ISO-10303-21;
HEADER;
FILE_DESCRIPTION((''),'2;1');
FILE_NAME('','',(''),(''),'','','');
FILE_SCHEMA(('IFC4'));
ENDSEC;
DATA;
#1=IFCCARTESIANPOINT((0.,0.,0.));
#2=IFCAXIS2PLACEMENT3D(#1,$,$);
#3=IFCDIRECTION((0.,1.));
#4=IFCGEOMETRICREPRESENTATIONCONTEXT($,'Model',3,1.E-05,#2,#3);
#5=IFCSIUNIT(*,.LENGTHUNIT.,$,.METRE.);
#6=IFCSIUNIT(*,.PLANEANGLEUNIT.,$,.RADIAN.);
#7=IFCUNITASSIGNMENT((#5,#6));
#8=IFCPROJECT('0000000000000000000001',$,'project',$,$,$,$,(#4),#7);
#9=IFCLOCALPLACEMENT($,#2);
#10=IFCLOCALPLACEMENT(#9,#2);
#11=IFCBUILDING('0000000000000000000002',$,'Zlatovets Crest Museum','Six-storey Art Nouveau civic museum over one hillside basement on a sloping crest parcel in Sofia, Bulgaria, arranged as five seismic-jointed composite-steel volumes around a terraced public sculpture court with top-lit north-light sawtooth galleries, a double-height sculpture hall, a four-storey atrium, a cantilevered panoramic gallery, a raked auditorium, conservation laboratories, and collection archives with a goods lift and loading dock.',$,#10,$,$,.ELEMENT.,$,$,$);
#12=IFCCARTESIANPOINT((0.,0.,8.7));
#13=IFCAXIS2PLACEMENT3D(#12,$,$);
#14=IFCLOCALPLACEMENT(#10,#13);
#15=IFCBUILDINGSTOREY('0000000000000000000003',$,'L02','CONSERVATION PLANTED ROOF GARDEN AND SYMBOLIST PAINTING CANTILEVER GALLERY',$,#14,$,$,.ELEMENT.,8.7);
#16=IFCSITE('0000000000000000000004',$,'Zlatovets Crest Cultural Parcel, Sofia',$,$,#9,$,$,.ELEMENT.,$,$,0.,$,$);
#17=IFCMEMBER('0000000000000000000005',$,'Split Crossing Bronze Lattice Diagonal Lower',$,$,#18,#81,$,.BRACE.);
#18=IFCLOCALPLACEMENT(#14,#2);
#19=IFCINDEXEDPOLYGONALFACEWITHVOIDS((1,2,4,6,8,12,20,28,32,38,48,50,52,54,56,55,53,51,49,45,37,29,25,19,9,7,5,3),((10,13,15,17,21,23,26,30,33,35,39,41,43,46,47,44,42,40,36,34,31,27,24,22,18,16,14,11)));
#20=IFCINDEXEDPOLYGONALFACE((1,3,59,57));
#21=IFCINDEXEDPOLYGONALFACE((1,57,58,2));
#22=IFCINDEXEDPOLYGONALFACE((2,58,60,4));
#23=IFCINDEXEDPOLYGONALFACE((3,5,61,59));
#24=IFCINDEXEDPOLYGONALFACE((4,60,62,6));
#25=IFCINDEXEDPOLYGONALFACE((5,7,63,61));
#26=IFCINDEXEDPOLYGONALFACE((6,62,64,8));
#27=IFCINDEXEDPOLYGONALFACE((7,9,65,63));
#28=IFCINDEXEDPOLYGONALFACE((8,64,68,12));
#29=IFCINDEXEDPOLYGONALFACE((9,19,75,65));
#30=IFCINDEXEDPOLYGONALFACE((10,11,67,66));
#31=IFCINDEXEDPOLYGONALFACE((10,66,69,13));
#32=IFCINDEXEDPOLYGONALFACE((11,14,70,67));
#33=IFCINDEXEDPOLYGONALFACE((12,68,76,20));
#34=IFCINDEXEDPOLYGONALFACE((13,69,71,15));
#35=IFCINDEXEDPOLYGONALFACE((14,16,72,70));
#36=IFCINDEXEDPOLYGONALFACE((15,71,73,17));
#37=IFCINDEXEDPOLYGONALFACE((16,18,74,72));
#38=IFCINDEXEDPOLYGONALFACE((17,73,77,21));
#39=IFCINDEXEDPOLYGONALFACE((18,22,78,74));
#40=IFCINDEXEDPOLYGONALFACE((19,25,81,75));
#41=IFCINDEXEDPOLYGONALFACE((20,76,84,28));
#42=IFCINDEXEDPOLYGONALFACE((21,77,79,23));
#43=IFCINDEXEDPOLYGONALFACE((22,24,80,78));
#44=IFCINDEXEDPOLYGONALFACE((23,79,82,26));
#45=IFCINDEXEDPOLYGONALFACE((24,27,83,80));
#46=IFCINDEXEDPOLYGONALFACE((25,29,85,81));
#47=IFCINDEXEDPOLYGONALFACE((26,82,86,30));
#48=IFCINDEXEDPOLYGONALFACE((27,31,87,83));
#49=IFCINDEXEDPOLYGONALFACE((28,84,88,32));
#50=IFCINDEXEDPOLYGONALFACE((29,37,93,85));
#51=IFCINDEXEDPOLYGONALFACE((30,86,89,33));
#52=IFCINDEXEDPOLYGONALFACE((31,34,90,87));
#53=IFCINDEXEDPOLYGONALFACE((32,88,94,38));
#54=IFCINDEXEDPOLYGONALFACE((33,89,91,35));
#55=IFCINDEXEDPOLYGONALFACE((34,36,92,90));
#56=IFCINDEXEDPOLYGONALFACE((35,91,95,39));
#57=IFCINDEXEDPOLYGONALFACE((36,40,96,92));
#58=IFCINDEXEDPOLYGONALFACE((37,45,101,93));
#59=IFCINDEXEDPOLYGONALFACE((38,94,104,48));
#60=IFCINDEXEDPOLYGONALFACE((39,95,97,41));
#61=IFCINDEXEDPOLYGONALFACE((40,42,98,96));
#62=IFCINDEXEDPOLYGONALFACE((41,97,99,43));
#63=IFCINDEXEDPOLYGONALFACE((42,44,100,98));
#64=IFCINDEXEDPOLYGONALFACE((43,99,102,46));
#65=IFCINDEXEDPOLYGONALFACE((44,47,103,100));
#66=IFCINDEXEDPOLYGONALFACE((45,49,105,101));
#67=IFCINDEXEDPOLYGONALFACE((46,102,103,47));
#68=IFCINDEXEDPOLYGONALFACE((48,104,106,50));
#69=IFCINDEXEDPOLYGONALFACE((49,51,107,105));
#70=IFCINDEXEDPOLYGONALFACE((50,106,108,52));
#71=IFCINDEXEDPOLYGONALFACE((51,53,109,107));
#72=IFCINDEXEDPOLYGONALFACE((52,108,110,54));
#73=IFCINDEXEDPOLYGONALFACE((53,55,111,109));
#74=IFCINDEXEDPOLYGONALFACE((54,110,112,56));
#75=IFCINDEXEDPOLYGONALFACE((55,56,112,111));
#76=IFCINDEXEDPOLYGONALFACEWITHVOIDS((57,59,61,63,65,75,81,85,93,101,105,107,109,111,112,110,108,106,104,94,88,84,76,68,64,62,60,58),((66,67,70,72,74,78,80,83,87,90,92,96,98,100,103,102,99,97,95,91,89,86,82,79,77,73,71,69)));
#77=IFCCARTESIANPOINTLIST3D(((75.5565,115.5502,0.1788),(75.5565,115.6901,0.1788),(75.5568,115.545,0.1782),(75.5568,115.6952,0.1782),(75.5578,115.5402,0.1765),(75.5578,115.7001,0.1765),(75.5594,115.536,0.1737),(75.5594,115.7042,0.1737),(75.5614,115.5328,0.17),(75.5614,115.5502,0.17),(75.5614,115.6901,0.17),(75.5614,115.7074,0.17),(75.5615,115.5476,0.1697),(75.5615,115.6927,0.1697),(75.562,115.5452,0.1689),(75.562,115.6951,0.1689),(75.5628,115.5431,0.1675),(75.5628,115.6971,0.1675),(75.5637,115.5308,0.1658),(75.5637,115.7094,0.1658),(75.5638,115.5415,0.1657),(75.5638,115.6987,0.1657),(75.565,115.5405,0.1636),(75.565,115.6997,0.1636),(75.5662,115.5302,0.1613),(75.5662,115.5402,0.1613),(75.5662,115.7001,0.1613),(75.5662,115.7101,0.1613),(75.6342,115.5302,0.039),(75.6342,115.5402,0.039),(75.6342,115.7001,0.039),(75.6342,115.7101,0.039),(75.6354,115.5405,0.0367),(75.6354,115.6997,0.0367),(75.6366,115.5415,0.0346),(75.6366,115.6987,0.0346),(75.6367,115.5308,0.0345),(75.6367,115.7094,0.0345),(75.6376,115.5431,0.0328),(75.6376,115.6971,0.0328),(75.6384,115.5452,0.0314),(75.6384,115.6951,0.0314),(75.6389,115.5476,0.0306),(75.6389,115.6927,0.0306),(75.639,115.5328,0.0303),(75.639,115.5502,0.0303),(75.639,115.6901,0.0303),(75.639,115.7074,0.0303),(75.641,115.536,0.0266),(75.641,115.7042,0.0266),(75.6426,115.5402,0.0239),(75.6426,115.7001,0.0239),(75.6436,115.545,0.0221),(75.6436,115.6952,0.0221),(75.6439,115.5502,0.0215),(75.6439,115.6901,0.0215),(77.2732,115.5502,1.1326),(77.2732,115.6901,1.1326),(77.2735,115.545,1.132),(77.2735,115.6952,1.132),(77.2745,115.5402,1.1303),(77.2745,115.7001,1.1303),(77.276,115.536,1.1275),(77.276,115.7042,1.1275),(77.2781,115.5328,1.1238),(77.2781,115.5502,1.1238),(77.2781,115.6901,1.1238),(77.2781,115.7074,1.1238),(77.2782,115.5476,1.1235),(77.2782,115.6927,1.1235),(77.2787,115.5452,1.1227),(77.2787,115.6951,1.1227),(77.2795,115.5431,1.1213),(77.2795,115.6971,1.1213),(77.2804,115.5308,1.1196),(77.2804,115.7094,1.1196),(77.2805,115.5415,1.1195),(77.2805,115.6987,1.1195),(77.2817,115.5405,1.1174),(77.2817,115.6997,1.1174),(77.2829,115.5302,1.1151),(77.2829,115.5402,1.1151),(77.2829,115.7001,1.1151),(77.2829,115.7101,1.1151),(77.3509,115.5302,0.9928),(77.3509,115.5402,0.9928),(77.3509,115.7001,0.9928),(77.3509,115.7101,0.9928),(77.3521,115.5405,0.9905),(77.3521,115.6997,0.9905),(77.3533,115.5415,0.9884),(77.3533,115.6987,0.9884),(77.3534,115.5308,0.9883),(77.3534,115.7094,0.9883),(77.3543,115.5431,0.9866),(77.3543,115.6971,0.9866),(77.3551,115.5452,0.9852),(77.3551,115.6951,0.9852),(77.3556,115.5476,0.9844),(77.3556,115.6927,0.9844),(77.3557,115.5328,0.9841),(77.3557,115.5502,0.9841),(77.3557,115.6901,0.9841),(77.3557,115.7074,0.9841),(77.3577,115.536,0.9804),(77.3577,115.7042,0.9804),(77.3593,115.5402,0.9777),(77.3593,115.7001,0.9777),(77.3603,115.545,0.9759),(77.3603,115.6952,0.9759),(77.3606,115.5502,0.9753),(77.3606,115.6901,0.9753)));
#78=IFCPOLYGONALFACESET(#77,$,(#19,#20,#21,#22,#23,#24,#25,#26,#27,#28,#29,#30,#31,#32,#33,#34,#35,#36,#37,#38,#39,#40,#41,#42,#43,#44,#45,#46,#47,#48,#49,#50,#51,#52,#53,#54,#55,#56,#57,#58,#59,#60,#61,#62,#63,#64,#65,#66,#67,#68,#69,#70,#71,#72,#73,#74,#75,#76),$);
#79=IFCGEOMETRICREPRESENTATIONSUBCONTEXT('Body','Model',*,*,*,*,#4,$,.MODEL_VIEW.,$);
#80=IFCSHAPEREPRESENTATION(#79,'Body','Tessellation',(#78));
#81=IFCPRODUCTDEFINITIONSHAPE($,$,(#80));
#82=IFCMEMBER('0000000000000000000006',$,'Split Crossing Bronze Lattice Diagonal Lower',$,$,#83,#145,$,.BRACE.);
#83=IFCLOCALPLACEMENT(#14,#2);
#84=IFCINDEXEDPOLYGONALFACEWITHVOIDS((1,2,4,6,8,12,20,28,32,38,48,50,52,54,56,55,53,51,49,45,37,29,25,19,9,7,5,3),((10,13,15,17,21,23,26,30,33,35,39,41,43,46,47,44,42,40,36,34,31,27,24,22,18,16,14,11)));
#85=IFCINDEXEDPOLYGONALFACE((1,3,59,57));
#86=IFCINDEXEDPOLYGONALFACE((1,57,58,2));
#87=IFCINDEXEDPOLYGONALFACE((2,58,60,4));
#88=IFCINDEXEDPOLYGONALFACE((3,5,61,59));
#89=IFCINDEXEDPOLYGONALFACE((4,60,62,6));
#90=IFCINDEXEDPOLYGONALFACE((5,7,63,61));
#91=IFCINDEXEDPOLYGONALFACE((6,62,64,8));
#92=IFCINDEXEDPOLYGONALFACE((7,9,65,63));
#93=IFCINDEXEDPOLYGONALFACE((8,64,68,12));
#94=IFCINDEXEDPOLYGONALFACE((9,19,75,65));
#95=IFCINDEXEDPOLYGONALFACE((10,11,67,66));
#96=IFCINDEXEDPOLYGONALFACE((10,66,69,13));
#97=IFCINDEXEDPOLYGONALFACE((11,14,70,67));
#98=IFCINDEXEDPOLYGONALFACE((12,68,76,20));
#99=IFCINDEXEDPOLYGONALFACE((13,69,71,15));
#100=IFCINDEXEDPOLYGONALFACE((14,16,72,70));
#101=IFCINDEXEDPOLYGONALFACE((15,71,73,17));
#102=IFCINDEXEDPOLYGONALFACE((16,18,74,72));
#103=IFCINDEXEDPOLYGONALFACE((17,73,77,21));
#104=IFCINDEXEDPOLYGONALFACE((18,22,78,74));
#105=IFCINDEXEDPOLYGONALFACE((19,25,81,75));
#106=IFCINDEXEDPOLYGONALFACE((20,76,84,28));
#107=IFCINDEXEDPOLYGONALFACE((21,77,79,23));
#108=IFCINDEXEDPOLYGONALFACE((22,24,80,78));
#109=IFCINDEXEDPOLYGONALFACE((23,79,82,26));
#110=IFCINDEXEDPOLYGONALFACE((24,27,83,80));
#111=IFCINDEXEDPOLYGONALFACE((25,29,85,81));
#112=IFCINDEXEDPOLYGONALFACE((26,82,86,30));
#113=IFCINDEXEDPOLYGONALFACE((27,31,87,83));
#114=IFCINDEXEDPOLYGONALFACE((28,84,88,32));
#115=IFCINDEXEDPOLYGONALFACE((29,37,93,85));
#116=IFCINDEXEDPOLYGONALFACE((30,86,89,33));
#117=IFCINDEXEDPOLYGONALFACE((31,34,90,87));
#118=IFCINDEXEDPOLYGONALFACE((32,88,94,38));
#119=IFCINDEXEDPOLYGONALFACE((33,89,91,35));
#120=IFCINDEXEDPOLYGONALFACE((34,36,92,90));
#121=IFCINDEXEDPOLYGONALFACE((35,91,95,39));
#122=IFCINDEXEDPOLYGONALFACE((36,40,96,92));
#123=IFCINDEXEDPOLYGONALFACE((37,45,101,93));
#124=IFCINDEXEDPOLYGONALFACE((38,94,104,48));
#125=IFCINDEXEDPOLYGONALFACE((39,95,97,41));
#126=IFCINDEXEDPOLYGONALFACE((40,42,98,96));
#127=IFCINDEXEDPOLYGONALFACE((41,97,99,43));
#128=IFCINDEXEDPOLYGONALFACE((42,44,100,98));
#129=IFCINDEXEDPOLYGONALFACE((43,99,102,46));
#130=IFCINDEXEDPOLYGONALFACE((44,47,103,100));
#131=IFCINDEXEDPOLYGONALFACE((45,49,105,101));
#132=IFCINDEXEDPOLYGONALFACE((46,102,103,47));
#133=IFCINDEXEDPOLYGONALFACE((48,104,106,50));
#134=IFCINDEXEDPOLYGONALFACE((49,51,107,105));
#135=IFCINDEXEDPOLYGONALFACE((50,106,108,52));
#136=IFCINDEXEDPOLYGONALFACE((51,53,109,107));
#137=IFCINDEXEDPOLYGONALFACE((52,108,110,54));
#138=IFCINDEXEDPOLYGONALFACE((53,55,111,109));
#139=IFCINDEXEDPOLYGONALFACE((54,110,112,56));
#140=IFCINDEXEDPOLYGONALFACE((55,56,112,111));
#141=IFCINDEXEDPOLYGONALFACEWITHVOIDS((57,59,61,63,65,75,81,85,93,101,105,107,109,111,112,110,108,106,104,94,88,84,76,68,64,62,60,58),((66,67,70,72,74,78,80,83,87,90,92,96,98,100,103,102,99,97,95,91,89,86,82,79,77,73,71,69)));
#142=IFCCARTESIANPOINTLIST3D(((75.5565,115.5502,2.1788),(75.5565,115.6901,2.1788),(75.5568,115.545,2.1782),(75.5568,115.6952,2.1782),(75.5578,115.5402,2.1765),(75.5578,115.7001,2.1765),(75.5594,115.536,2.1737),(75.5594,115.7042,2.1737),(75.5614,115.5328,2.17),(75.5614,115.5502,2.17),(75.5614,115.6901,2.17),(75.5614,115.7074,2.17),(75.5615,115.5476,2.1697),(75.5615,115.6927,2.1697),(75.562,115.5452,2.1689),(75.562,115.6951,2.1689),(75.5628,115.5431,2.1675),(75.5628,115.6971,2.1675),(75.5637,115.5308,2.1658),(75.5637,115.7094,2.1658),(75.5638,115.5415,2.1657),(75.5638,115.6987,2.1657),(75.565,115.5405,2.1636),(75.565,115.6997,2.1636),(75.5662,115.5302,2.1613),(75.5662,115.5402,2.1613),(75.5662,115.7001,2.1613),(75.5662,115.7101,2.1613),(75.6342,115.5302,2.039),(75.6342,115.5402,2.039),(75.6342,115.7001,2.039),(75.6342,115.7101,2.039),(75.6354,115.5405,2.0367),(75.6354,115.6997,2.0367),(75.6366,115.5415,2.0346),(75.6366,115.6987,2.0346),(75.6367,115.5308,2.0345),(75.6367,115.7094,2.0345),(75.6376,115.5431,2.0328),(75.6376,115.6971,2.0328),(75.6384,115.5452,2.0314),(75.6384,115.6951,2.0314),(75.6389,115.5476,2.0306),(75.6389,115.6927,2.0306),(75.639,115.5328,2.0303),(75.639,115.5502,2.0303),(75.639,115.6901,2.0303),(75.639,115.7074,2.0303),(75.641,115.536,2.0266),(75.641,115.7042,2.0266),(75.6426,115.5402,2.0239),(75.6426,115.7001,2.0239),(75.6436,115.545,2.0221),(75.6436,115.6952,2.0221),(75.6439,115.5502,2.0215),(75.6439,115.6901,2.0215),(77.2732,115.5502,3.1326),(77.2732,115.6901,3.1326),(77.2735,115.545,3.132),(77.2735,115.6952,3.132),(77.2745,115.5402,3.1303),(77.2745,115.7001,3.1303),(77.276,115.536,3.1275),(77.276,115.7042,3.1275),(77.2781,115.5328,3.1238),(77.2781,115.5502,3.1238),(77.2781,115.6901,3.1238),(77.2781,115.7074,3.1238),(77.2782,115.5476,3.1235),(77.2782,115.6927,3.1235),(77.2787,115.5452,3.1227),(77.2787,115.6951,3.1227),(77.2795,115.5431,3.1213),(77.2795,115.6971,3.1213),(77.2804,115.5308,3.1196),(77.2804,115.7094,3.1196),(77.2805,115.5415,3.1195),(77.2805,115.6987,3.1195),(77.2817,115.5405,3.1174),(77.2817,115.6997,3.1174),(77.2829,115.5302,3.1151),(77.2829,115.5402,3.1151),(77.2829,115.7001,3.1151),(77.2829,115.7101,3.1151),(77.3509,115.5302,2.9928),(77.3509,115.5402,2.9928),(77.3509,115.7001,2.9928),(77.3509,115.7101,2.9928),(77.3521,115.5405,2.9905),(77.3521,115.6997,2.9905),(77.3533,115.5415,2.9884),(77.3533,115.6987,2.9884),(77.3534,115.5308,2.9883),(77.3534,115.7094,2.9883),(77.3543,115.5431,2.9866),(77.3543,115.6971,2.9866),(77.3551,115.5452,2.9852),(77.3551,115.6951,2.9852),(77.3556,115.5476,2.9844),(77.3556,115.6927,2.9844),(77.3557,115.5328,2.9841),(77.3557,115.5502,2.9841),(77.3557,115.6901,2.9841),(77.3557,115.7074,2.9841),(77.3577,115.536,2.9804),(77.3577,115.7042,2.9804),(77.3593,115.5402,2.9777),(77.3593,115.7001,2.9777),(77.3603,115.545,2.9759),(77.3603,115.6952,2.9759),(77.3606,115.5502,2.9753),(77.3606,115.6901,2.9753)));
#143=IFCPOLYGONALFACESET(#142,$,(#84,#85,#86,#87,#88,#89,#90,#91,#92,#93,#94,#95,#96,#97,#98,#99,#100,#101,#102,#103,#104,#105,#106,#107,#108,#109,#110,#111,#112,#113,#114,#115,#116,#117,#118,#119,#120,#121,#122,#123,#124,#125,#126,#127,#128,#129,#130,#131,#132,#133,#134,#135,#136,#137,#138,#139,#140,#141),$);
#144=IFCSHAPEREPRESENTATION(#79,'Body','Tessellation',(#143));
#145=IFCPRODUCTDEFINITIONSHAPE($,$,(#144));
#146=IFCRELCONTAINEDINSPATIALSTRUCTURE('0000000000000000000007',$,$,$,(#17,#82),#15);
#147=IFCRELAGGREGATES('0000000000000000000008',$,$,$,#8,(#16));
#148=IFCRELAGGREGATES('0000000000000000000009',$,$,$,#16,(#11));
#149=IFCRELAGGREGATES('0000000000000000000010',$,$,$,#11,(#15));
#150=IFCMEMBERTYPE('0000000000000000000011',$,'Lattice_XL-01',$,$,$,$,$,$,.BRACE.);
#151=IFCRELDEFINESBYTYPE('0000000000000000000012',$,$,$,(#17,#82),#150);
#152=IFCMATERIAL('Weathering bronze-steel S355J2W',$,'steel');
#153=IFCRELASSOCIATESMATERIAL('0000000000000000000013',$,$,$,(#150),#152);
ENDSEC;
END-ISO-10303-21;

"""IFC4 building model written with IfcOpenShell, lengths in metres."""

from ifc_helpers import new_model, si_unit, direction, frame, origin, origin_2d, place, context, subcontext, project, spatial, hollow_rectangle, extrude, material, material_profile, profile_set, type_object, element, save


model = new_model("IFC4")

# Units and contexts
model_context = context("Model", 3, precision=1e-05, world=origin(), true_north=direction((0.0, 1.0)))
body_context = subcontext(model_context, "Body", "Model", "MODEL_VIEW")
ifc_project = project(units=[si_unit("LENGTHUNIT", "METRE"), si_unit("PLANEANGLEUNIT", "RADIAN")], contexts=[model_context])

# Site, building, storey
site_placement = place(None, origin())
site = spatial("IfcSite", under=ifc_project, at=site_placement, Name="Zlatovets Crest Cultural Parcel, Sofia", CompositionType="ELEMENT", RefElevation=0.0)
building_placement = place(site_placement, origin())
building = spatial("IfcBuilding", under=site, at=building_placement, Name="Zlatovets Crest Museum", Description="Six-storey Art Nouveau civic museum over one hillside basement on a sloping crest parcel in Sofia, Bulgaria, arranged as five seismic-jointed composite-steel volumes around a terraced public sculpture court with top-lit north-light sawtooth galleries, a double-height sculpture hall, a four-storey atrium, a cantilevered panoramic gallery, a raked auditorium, conservation laboratories, and collection archives with a goods lift and loading dock.", CompositionType="ELEMENT")
storey_placement = place(building_placement, frame((0.0, 0.0, 8.7)))
storey = spatial("IfcBuildingStorey", under=building, at=storey_placement, Name="L02", Description="CONSERVATION PLANTED ROOF GARDEN AND SYMBOLIST PAINTING CANTILEVER GALLERY", CompositionType="ELEMENT", Elevation=8.7)

# Members
ifc_material_1 = material(Name="Weathering bronze-steel S355J2W", Category="steel")
ifc_material_profile_1 = material_profile(ifc_material_1, hollow_rectangle(XDim=0.1799, YDim=0.1799, WallThickness=0.01, InnerFilletRadius=0.01, OuterFilletRadius=0.02, at=origin_2d()), Name="SHS 180x180x10.0")
ifc_profile_set_1 = profile_set([ifc_material_profile_1], Name="Weathering bronze-steel S355J2W")
member_type = type_object("IfcMemberType", Name="Lattice_XL-01", PredefinedType="BRACE", material=ifc_profile_set_1)
for number, where, z_axis, x_axis, name in (
    (1, (77.3169, 115.6201, 1.054), (-0.87414, 0.0, -0.485675), (0.0, -1.0, 0.0), "Split Crossing Bronze Lattice Diagonal Lower"),
    (2, (77.3169, 115.6201, 3.054), (-0.87414, 0.0, -0.485675), (0.0, -1.0, 0.0), "Split Crossing Bronze Lattice Diagonal Lower"),
):
    element("IfcMember", number, at=place(storey_placement, frame(where, z_axis=z_axis, x_axis=x_axis)), inside=storey, type_object=member_type, Name=name, PredefinedType="BRACE", context=body_context, shape_type="SweptSolid", body=[
        extrude(hollow_rectangle(XDim=0.1799, YDim=0.1799, WallThickness=0.01, InnerFilletRadius=0.01, OuterFilletRadius=0.02, at=origin_2d()), origin(), (0.0, 0.0, 1.0), 1.9639),
    ])

save(model, "model.ifc")
